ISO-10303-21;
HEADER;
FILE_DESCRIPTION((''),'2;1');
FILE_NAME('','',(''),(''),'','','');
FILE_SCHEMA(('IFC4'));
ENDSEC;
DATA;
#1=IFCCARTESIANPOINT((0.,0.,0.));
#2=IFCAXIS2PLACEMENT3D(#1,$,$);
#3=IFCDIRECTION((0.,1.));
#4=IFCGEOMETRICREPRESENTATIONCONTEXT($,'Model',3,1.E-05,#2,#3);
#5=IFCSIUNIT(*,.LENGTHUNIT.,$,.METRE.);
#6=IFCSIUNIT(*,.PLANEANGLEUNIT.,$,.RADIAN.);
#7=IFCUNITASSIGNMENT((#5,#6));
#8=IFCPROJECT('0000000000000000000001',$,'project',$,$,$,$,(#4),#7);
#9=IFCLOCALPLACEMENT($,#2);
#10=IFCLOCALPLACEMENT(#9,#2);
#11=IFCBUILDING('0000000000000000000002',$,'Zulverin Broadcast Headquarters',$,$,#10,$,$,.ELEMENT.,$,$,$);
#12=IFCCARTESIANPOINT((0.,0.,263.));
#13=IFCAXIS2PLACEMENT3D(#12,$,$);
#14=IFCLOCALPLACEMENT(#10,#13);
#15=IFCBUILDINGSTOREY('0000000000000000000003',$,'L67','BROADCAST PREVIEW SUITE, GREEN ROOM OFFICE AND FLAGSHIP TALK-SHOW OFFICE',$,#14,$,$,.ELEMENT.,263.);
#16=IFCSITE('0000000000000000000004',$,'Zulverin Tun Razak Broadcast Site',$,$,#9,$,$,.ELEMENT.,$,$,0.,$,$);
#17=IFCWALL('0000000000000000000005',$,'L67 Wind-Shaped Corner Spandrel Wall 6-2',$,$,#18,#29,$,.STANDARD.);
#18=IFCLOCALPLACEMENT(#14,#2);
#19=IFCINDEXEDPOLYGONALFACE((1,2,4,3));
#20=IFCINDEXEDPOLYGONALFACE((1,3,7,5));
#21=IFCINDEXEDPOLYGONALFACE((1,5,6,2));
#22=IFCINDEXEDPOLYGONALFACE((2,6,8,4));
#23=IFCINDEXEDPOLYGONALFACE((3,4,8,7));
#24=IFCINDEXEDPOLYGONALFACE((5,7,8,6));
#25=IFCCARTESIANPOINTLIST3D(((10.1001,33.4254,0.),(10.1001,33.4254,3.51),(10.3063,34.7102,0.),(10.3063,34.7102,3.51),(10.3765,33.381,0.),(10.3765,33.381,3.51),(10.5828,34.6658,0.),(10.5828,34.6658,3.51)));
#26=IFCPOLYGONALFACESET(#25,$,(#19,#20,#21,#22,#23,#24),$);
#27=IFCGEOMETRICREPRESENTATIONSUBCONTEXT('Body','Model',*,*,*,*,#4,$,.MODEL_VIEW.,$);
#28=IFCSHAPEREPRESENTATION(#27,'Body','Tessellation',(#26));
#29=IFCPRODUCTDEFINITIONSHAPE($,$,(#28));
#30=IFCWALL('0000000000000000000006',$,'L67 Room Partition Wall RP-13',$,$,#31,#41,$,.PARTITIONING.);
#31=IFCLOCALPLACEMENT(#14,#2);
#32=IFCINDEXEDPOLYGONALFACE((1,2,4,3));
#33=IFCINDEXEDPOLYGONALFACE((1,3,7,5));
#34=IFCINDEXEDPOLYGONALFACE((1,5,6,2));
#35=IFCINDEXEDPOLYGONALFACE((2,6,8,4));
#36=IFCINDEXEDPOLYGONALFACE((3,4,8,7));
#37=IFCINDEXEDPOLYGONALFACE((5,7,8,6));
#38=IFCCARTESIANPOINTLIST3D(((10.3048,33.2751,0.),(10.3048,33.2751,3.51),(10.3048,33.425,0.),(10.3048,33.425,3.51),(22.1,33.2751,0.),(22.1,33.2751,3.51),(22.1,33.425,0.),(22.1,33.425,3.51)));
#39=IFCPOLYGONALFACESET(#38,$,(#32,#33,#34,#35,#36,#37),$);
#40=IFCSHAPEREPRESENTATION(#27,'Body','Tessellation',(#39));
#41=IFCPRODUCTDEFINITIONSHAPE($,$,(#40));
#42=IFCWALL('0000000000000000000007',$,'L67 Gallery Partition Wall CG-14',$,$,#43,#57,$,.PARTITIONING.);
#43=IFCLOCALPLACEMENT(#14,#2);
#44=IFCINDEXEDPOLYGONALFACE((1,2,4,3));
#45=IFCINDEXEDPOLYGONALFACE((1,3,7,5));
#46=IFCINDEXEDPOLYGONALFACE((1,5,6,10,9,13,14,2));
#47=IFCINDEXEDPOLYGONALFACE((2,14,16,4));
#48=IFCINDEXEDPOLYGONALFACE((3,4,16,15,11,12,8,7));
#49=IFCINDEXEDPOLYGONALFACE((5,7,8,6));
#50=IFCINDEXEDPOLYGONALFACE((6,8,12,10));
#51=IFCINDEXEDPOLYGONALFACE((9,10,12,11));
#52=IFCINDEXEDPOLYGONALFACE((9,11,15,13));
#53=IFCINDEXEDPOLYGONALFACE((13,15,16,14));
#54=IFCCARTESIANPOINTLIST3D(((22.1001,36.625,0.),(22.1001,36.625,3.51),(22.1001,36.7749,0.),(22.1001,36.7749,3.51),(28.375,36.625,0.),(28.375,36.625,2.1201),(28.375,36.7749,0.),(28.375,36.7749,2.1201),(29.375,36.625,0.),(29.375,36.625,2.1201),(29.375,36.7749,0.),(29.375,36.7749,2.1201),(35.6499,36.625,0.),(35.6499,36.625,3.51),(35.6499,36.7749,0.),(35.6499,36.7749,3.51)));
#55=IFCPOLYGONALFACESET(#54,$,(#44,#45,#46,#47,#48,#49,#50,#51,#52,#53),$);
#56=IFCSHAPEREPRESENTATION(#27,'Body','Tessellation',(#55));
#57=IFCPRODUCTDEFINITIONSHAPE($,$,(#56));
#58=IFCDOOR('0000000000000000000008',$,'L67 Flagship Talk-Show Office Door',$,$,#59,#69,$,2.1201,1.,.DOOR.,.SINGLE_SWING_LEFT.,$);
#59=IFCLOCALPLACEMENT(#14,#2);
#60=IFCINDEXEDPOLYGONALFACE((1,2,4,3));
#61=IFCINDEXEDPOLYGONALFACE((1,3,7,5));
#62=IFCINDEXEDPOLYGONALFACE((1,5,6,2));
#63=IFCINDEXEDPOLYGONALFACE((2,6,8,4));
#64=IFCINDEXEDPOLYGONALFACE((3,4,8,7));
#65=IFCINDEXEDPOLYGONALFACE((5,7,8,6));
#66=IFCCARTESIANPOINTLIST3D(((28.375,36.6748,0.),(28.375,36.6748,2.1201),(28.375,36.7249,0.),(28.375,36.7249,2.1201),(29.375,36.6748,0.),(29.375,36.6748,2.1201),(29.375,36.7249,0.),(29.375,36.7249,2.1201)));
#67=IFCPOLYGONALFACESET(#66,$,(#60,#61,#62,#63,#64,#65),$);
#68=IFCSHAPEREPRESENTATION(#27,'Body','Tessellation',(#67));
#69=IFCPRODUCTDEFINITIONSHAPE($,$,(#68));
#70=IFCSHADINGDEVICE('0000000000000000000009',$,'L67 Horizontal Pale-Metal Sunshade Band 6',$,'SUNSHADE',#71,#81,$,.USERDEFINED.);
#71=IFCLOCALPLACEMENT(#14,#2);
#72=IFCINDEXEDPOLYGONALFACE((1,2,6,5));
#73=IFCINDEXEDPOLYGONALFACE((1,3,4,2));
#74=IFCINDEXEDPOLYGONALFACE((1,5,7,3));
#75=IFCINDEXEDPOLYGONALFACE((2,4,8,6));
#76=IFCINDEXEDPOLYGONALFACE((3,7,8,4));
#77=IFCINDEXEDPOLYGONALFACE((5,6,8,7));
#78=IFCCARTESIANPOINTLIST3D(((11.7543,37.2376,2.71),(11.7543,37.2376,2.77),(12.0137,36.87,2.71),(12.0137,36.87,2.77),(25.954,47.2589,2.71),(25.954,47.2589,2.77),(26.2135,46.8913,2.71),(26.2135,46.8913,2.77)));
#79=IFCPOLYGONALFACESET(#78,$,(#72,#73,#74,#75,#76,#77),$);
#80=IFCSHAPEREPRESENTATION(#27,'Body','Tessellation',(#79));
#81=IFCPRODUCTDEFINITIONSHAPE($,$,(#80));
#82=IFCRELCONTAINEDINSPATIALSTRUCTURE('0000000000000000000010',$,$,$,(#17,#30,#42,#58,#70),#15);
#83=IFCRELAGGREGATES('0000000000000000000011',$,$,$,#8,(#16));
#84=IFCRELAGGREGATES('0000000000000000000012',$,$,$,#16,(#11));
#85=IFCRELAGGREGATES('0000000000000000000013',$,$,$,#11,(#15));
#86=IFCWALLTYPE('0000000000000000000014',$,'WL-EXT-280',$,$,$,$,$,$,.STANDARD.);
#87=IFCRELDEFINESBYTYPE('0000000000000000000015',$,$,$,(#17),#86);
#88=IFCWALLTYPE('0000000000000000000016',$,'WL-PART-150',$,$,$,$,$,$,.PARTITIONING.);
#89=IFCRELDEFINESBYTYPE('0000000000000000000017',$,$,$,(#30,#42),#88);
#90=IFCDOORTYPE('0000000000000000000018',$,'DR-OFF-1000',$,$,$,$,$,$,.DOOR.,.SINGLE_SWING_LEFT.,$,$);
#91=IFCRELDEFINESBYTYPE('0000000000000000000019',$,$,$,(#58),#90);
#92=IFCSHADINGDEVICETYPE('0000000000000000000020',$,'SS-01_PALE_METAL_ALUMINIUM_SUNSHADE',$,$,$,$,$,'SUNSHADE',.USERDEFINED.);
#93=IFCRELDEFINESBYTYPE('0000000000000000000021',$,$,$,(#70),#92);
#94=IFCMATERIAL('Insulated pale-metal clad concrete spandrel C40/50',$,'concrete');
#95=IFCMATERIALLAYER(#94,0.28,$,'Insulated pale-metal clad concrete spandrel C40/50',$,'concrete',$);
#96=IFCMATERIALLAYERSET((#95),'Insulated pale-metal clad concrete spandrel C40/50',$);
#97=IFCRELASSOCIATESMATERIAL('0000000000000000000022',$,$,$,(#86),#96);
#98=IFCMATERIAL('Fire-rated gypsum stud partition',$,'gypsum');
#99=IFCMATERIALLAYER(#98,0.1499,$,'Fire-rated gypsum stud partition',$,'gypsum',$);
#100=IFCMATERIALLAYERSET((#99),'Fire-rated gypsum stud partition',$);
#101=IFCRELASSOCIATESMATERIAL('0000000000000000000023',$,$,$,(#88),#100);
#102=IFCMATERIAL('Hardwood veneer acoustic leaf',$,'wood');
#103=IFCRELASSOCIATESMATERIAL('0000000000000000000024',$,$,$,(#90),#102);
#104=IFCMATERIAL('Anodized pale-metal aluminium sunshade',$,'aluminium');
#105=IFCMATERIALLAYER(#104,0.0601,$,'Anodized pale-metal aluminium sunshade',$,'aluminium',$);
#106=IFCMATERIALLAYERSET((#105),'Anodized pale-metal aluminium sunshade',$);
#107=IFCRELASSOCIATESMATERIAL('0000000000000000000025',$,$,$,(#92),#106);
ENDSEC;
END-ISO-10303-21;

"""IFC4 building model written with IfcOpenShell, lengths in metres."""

from ifc_helpers import new_model, si_unit, direction, frame, frame_2d, origin, origin_2d, place, context, subcontext, project, spatial, rectangle, extrude, material, layer, layer_set, type_object, element, fill, save


model = new_model("IFC4")

# Units and contexts
model_context = context("Model", 3, precision=1e-05, world=origin(), true_north=direction((0.0, 1.0)))
body_context = subcontext(model_context, "Body", "Model", "MODEL_VIEW")
ifc_project = project(units=[si_unit("LENGTHUNIT", "METRE"), si_unit("PLANEANGLEUNIT", "RADIAN")], contexts=[model_context])

# Site, building, storey
site_placement = place(None, origin())
site = spatial("IfcSite", under=ifc_project, at=site_placement, Name="Zulverin Tun Razak Broadcast Site", CompositionType="ELEMENT", RefElevation=0.0)
building_placement = place(site_placement, origin())
building = spatial("IfcBuilding", under=site, at=building_placement, Name="Zulverin Broadcast Headquarters", CompositionType="ELEMENT")
storey_placement = place(building_placement, frame((0.0, 0.0, 263.0)))
storey = spatial("IfcBuildingStorey", under=building, at=storey_placement, Name="L67", Description="BROADCAST PREVIEW SUITE, GREEN ROOM OFFICE AND FLAGSHIP TALK-SHOW OFFICE", CompositionType="ELEMENT", Elevation=263.0)

# Shared definitions
ifc_material_1 = material(Name="Insulated pale-metal clad concrete spandrel C40/50", Category="concrete")
ifc_layer_1 = layer(ifc_material_1, 0.28, Name="Insulated pale-metal clad concrete spandrel C40/50", Category="concrete")
ifc_layer_set_1 = layer_set([ifc_layer_1], Name="Insulated pale-metal clad concrete spandrel C40/50")
wall_type_1 = type_object("IfcWallType", Name="WL-EXT-280", PredefinedType="STANDARD", material=ifc_layer_set_1)

# Walls
wall_1_placement = place(storey_placement, frame((10.4446, 34.688, 0.0), z_axis=(0.0, 0.0, 1.0), x_axis=(-0.158525, -0.987355, 0.0)))
element("IfcWall", 1, at=wall_1_placement, inside=storey, type_object=wall_type_1, Name="L67 Wind-Shaped Corner Spandrel Wall 6-2", PredefinedType="STANDARD", context=body_context, shape_type="SweptSolid", body=[
    extrude(rectangle(XDim=1.3013, YDim=0.28, at=frame_2d((0.6506, 0.0))), origin(), (0.0, 0.0, 1.0), 3.51),
])
ifc_material_2 = material(Name="Fire-rated gypsum stud partition", Category="gypsum")
ifc_layer_2 = layer(ifc_material_2, 0.1499, Name="Fire-rated gypsum stud partition", Category="gypsum")
ifc_layer_set_2 = layer_set([ifc_layer_2], Name="Fire-rated gypsum stud partition")
wall_type_2 = type_object("IfcWallType", Name="WL-PART-150", PredefinedType="PARTITIONING", material=ifc_layer_set_2)
wall_2_placement = place(storey_placement, frame((10.3049, 33.3501, 0.0), z_axis=(0.0, 0.0, 1.0), x_axis=(1.0, 0.0, 0.0)))
element("IfcWall", 2, at=wall_2_placement, inside=storey, type_object=wall_type_2, Name="L67 Room Partition Wall RP-13", PredefinedType="PARTITIONING", context=body_context, shape_type="SweptSolid", body=[
    extrude(rectangle(XDim=11.7952, YDim=0.1499, at=frame_2d((5.8975, 0.0))), origin(), (0.0, 0.0, 1.0), 3.51),
])

# Wall, opening, door
wall_3_placement = place(storey_placement, frame((22.1001, 36.7, 0.0), z_axis=(0.0, 0.0, 1.0), x_axis=(1.0, 0.0, 0.0)))
wall_3 = element("IfcWall", 3, at=wall_3_placement, inside=storey, type_object=wall_type_2, Name="L67 Gallery Partition Wall CG-14", PredefinedType="PARTITIONING", context=body_context, shape_type="SweptSolid", body=[
    extrude(rectangle(XDim=13.5498, YDim=0.1499, at=frame_2d((6.7749, 0.0))), origin(), (0.0, 0.0, 1.0), 3.51),
])
opening_1_placement = place(wall_3_placement, frame((6.2749, 0.0, 0.0)))
opening_1 = element("IfcOpeningElement", 4, at=opening_1_placement, cuts=wall_3, PredefinedType="OPENING", context=body_context, shape_type="SweptSolid", body=[
    extrude(rectangle(XDim=1.0, YDim=2.1201, at=frame_2d((0.5, 1.0601))), frame((0.0, 0.085, 0.0), z_axis=(0.0, -1.0, 0.0), x_axis=(1.0, 0.0, 0.0)), (0.0, 0.0, 1.0), 0.1699),
])
ifc_material_3 = material(Name="Hardwood veneer acoustic leaf", Category="wood")
door_type_1 = type_object("IfcDoorType", Name="DR-OFF-1000", OperationType="SINGLE_SWING_LEFT", PredefinedType="DOOR", material=ifc_material_3)
door_1_placement = place(opening_1_placement, origin())
door_1 = element("IfcDoor", 5, at=door_1_placement, inside=storey, type_object=door_type_1, Name="L67 Flagship Talk-Show Office Door", OperationType="SINGLE_SWING_LEFT", OverallHeight=2.1201, OverallWidth=1.0, PredefinedType="DOOR", context=body_context, shape_type="SweptSolid", body=[
    extrude(rectangle(XDim=1.0, YDim=2.1201, at=frame_2d((0.5, 1.0601))), frame((0.0, 0.0249, 0.0), z_axis=(0.0, -1.0, 0.0), x_axis=(1.0, 0.0, 0.0)), (0.0, 0.0, 1.0), 0.05),
])
fill(opening_1, door_1)

# Shading device
ifc_material_4 = material(Name="Anodized pale-metal aluminium sunshade", Category="aluminium")
ifc_layer_3 = layer(ifc_material_4, 0.0601, Name="Anodized pale-metal aluminium sunshade", Category="aluminium")
ifc_layer_set_3 = layer_set([ifc_layer_3], Name="Anodized pale-metal aluminium sunshade")
shading_device_type = type_object("IfcShadingDeviceType", Name="SS-01_PALE_METAL_ALUMINIUM_SUNSHADE", ElementType="SUNSHADE", PredefinedType="USERDEFINED", material=ifc_layer_set_3)
shading_device_placement = place(storey_placement, frame((18.9839, 42.0645, 2.71), z_axis=(0.0, 0.0, 1.0), x_axis=(-0.817023, -0.576605, 0.0)))
element("IfcShadingDevice", 6, at=shading_device_placement, inside=storey, type_object=shading_device_type, Name="L67 Horizontal Pale-Metal Sunshade Band 6", ObjectType="SUNSHADE", PredefinedType="USERDEFINED", context=body_context, shape_type="SweptSolid", body=[
    extrude(rectangle(XDim=17.3799, YDim=0.45, at=origin_2d()), origin(), (0.0, 0.0, 1.0), 0.0601),
])

save(model, "model.ifc")
